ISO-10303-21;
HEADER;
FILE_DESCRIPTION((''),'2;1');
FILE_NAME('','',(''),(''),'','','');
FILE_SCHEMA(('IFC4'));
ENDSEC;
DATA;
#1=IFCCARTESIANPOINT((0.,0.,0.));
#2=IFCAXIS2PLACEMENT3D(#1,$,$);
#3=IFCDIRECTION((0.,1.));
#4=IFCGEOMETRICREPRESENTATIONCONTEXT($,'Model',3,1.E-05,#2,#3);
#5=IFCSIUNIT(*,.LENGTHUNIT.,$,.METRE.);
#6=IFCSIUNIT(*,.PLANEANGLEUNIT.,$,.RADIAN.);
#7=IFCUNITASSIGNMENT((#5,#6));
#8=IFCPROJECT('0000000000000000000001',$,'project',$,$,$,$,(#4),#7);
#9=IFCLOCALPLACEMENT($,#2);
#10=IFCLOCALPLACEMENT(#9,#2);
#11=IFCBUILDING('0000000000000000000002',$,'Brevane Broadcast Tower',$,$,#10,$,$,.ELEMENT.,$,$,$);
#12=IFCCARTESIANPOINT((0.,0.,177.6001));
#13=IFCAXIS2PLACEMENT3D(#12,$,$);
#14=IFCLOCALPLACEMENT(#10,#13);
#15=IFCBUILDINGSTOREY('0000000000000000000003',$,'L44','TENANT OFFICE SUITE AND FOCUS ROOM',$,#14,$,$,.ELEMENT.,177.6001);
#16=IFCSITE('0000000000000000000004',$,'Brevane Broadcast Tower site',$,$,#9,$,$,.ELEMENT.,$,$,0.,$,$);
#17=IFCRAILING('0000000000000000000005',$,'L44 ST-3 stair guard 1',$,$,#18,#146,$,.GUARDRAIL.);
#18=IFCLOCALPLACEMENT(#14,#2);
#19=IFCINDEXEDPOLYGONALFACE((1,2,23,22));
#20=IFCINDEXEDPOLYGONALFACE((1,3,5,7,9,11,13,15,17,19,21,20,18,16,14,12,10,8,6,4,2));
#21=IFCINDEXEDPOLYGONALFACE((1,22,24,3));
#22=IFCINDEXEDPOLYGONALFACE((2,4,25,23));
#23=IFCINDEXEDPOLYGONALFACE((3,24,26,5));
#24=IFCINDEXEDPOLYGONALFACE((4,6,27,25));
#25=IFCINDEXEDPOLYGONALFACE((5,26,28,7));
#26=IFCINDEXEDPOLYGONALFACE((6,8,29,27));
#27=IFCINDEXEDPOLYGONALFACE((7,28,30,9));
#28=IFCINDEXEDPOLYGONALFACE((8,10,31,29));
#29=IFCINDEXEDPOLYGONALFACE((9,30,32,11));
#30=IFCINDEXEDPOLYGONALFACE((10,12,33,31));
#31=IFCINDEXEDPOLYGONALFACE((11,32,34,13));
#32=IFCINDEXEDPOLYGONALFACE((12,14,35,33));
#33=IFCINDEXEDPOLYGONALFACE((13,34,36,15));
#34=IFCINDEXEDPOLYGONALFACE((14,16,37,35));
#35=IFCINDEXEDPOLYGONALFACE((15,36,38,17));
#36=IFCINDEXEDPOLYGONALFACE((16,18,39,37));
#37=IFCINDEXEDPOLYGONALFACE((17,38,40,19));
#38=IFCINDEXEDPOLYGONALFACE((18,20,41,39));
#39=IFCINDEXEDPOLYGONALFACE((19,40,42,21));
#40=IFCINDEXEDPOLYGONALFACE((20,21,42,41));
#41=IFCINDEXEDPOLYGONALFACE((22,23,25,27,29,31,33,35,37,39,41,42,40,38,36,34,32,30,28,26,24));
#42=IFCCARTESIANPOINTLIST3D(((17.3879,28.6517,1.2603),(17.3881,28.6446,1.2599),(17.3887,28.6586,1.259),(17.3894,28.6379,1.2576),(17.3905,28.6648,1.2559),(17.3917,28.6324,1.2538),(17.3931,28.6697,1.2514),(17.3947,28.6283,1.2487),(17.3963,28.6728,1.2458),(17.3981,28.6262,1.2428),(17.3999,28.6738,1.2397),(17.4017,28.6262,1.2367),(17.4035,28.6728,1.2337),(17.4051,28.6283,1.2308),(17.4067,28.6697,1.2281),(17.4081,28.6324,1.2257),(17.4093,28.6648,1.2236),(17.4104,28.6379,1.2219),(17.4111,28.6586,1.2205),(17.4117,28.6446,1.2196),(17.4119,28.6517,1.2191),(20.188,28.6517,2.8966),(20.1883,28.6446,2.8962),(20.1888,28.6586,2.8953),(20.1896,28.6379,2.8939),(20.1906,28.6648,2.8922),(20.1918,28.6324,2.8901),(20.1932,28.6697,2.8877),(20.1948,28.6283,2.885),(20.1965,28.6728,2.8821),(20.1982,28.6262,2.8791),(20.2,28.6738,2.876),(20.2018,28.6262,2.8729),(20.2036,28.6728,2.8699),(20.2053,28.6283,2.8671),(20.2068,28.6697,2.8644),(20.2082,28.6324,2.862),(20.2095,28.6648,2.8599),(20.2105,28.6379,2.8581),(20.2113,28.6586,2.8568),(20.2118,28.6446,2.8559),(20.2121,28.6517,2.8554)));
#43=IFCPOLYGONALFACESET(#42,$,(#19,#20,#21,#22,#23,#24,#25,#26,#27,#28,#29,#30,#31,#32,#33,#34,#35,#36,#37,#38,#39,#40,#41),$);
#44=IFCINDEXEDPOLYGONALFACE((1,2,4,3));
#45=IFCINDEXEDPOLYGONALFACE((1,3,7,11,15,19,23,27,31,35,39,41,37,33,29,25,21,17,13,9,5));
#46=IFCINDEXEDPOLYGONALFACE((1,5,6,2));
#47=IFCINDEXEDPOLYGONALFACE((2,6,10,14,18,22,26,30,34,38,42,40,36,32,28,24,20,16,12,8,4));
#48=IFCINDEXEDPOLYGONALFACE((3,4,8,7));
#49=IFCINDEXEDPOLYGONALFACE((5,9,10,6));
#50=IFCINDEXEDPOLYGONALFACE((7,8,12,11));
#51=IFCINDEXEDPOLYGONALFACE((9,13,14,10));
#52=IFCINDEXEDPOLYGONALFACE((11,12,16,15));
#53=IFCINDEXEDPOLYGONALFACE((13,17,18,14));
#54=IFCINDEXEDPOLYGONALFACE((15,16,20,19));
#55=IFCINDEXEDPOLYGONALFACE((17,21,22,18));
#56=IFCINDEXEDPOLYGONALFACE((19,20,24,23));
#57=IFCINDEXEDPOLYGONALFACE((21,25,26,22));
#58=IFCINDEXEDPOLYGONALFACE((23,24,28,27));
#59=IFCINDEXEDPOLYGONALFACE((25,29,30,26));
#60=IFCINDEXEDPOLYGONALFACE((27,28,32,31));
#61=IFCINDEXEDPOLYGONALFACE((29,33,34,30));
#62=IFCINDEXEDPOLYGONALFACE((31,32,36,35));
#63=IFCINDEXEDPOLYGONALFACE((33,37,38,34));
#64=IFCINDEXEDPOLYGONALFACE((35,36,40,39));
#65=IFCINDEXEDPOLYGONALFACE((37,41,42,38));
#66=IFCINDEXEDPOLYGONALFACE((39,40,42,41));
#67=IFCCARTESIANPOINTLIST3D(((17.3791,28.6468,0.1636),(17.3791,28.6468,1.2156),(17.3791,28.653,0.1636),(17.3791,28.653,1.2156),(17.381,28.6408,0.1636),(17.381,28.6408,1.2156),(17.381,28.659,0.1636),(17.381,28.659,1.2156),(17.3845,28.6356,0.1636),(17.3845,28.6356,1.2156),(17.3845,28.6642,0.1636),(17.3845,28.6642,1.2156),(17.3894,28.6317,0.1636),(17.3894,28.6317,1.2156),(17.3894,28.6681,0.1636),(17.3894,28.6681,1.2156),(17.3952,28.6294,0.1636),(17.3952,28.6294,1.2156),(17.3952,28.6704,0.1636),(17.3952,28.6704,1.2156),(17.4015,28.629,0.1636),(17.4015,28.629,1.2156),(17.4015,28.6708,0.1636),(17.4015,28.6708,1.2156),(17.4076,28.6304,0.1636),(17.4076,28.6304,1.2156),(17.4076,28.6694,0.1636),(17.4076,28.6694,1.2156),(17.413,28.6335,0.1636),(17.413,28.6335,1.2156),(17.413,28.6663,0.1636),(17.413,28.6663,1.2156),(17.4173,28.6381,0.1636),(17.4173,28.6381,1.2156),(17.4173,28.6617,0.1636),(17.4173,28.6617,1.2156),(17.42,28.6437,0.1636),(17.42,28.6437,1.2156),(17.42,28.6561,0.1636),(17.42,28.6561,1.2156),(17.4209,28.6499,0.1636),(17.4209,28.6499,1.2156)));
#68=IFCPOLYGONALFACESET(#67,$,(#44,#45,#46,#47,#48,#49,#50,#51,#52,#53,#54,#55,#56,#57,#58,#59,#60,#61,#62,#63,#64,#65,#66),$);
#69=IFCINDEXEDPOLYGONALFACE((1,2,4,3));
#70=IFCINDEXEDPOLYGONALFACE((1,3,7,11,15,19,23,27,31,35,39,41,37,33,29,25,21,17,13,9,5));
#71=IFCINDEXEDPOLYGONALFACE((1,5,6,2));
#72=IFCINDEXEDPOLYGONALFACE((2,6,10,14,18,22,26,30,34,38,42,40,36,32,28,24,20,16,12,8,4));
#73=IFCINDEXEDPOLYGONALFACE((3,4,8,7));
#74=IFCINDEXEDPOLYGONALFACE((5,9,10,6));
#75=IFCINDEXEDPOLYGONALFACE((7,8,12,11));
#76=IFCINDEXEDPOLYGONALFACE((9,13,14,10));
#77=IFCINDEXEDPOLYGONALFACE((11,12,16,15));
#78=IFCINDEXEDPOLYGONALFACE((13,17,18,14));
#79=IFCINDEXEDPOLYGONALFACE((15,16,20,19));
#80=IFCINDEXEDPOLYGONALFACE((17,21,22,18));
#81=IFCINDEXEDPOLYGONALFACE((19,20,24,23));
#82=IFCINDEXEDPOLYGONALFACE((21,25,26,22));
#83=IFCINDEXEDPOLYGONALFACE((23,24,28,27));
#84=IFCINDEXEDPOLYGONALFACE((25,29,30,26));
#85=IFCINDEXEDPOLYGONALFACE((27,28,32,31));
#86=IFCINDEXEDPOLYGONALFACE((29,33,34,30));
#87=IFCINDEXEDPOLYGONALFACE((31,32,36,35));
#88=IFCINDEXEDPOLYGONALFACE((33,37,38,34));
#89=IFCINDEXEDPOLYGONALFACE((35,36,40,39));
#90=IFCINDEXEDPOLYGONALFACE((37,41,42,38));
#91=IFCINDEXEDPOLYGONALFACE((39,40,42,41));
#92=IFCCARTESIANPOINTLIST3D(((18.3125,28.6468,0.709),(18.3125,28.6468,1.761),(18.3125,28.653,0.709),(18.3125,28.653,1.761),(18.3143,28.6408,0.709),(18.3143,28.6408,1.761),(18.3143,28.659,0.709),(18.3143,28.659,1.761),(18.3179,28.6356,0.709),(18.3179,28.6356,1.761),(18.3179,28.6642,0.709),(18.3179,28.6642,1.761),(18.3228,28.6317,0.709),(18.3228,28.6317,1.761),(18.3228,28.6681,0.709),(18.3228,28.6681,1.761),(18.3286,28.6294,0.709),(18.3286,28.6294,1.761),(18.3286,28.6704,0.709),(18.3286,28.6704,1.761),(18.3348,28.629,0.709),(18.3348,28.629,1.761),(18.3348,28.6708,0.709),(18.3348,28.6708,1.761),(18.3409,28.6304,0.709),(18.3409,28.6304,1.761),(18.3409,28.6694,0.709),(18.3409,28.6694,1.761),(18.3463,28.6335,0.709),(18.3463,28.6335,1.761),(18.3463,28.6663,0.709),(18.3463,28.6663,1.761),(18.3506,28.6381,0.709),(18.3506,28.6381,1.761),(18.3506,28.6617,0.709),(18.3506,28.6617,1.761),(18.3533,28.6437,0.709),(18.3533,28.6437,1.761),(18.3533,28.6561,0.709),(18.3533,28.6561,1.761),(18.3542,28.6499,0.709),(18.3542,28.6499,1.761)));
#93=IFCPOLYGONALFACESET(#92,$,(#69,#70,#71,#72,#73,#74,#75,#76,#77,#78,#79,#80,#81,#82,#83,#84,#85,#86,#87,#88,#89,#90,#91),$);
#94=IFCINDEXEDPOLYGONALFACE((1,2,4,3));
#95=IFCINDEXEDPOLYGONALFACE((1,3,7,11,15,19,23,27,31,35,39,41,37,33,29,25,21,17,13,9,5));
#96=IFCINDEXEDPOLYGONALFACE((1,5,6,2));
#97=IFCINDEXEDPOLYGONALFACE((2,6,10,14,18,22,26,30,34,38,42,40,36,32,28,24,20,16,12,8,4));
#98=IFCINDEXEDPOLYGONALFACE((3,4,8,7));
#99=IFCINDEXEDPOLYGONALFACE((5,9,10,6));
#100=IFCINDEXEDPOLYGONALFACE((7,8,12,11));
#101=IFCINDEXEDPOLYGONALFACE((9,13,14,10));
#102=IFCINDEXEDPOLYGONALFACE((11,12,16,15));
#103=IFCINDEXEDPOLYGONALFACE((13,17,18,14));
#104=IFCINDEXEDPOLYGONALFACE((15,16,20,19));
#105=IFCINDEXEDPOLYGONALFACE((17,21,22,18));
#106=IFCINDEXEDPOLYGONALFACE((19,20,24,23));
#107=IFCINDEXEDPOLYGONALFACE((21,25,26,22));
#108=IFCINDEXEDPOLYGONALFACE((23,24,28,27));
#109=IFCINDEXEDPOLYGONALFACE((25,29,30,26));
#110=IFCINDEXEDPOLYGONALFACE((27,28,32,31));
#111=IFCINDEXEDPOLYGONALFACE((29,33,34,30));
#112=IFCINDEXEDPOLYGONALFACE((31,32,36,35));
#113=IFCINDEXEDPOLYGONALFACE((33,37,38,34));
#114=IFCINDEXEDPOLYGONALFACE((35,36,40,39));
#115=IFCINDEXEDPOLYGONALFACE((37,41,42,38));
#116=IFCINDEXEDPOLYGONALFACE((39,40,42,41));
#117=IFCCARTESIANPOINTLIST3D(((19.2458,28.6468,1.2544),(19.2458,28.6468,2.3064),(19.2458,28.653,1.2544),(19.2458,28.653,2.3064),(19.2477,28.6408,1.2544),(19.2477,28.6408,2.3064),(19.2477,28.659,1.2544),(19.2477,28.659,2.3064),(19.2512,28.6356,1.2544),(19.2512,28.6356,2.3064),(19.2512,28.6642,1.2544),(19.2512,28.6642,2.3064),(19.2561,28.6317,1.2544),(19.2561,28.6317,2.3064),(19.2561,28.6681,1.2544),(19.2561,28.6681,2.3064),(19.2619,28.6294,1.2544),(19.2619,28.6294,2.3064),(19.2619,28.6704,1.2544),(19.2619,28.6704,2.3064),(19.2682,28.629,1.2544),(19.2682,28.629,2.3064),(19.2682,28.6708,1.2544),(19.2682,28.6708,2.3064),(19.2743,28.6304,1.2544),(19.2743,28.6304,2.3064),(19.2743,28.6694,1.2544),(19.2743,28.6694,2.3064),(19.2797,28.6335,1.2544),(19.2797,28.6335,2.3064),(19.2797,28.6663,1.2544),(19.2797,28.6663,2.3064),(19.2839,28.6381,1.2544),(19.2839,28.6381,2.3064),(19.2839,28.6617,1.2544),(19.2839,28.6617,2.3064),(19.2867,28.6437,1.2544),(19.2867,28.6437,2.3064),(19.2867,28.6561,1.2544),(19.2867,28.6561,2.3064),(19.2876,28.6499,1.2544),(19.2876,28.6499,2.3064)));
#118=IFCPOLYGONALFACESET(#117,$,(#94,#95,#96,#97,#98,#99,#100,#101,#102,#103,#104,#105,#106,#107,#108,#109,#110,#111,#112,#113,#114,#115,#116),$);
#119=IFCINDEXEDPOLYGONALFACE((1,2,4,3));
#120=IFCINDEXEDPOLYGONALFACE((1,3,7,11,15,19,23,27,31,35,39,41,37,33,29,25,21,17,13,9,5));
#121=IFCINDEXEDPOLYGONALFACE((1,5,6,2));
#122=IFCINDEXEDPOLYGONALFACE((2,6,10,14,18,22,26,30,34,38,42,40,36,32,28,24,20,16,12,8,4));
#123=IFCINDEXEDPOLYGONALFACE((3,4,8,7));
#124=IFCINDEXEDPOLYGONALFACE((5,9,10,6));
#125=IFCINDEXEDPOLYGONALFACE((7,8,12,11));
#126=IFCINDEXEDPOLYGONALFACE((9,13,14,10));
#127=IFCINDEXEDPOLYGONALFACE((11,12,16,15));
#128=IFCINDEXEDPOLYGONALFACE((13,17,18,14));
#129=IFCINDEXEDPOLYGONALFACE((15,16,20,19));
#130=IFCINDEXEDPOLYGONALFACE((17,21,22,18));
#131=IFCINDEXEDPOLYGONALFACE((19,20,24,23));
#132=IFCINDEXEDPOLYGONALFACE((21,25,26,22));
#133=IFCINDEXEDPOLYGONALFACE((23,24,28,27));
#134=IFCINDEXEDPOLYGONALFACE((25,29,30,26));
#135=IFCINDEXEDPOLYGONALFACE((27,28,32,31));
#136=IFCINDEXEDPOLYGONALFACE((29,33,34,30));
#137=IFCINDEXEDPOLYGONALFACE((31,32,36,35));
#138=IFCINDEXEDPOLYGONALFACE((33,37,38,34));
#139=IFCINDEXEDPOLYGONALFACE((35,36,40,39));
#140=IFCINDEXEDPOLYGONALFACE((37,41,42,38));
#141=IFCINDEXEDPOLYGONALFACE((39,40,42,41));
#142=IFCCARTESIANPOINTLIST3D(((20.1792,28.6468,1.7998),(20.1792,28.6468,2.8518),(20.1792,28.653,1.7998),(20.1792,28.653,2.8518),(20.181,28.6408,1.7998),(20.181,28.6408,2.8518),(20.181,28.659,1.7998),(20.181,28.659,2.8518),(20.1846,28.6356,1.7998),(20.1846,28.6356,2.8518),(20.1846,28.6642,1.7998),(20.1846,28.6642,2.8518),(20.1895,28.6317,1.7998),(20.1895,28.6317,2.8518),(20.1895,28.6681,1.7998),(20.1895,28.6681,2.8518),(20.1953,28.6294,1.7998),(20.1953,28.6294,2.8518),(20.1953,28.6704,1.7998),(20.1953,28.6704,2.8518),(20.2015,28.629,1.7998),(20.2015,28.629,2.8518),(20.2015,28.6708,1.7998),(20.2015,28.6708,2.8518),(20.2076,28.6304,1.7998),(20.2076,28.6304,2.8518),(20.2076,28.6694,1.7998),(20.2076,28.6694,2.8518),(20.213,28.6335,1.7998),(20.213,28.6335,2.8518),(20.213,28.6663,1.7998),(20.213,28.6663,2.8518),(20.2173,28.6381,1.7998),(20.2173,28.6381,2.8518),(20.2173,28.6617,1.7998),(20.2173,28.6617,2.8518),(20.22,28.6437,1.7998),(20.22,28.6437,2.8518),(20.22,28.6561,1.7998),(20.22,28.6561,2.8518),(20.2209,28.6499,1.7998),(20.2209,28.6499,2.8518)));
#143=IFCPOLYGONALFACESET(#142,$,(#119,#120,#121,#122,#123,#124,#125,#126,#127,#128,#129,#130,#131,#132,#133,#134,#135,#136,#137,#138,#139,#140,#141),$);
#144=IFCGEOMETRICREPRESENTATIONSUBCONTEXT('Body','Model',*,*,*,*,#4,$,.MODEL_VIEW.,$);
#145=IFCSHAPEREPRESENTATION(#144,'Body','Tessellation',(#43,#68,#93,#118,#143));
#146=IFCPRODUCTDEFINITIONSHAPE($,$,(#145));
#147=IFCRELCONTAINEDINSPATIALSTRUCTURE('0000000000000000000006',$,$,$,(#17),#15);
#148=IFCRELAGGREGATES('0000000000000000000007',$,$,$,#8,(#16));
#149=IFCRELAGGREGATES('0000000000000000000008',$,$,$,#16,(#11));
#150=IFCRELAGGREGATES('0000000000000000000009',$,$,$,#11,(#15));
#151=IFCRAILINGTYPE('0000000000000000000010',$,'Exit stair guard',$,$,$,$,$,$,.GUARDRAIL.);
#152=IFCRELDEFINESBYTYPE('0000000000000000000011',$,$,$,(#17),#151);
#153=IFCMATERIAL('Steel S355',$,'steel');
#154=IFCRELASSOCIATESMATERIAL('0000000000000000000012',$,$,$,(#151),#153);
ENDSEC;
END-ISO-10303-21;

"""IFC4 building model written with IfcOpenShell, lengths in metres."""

from ifc_helpers import new_model, si_unit, direction, frame, origin, origin_2d, place, context, subcontext, project, spatial, circle, extrude, material, type_object, element, save


model = new_model("IFC4")

# Units and contexts
model_context = context("Model", 3, precision=1e-05, world=origin(), true_north=direction((0.0, 1.0)))
body_context = subcontext(model_context, "Body", "Model", "MODEL_VIEW")
ifc_project = project(units=[si_unit("LENGTHUNIT", "METRE"), si_unit("PLANEANGLEUNIT", "RADIAN")], contexts=[model_context])

# Site, building, storey
site_placement = place(None, origin())
site = spatial("IfcSite", under=ifc_project, at=site_placement, Name="Brevane Broadcast Tower site", CompositionType="ELEMENT", RefElevation=0.0)
building_placement = place(site_placement, origin())
building = spatial("IfcBuilding", under=site, at=building_placement, Name="Brevane Broadcast Tower", CompositionType="ELEMENT")
storey_placement = place(building_placement, frame((0.0, 0.0, 177.6001)))
storey = spatial("IfcBuildingStorey", under=building, at=storey_placement, Name="L44", Description="TENANT OFFICE SUITE AND FOCUS ROOM", CompositionType="ELEMENT", Elevation=177.6001)

# Railing
ifc_material_1 = material(Name="Steel S355", Category="steel")
railing_type_1 = type_object("IfcRailingType", Name="Exit stair guard", PredefinedType="GUARDRAIL", material=ifc_material_1)
railing_1_placement = place(storey_placement, frame((17.3999, 28.6499, 0.1636)))
element("IfcRailing", 1, at=railing_1_placement, inside=storey, type_object=railing_type_1, Name="L44 ST-3 stair guard 1", PredefinedType="GUARDRAIL", context=body_context, shape_type="SweptSolid", body=[
    extrude(circle(Radius=0.0239, at=origin_2d()), frame((0.0, 0.0, 1.0762), z_axis=(0.863394, 0.0, 0.504531), x_axis=(0.0, 1.0, 0.0)), (0.0, 0.0, 1.0), 3.2432),
    extrude(circle(Radius=0.021, at=origin_2d()), origin(), (0.0, 0.0, 1.0), 1.052),
    extrude(circle(Radius=0.021, at=origin_2d()), frame((0.9333, 0.0, 0.5454)), (0.0, 0.0, 1.0), 1.052),
    extrude(circle(Radius=0.021, at=origin_2d()), frame((1.8667, 0.0, 1.0908)), (0.0, 0.0, 1.0), 1.052),
    extrude(circle(Radius=0.021, at=origin_2d()), frame((2.8, 0.0, 1.6362)), (0.0, 0.0, 1.0), 1.052),
])

save(model, "model.ifc")
